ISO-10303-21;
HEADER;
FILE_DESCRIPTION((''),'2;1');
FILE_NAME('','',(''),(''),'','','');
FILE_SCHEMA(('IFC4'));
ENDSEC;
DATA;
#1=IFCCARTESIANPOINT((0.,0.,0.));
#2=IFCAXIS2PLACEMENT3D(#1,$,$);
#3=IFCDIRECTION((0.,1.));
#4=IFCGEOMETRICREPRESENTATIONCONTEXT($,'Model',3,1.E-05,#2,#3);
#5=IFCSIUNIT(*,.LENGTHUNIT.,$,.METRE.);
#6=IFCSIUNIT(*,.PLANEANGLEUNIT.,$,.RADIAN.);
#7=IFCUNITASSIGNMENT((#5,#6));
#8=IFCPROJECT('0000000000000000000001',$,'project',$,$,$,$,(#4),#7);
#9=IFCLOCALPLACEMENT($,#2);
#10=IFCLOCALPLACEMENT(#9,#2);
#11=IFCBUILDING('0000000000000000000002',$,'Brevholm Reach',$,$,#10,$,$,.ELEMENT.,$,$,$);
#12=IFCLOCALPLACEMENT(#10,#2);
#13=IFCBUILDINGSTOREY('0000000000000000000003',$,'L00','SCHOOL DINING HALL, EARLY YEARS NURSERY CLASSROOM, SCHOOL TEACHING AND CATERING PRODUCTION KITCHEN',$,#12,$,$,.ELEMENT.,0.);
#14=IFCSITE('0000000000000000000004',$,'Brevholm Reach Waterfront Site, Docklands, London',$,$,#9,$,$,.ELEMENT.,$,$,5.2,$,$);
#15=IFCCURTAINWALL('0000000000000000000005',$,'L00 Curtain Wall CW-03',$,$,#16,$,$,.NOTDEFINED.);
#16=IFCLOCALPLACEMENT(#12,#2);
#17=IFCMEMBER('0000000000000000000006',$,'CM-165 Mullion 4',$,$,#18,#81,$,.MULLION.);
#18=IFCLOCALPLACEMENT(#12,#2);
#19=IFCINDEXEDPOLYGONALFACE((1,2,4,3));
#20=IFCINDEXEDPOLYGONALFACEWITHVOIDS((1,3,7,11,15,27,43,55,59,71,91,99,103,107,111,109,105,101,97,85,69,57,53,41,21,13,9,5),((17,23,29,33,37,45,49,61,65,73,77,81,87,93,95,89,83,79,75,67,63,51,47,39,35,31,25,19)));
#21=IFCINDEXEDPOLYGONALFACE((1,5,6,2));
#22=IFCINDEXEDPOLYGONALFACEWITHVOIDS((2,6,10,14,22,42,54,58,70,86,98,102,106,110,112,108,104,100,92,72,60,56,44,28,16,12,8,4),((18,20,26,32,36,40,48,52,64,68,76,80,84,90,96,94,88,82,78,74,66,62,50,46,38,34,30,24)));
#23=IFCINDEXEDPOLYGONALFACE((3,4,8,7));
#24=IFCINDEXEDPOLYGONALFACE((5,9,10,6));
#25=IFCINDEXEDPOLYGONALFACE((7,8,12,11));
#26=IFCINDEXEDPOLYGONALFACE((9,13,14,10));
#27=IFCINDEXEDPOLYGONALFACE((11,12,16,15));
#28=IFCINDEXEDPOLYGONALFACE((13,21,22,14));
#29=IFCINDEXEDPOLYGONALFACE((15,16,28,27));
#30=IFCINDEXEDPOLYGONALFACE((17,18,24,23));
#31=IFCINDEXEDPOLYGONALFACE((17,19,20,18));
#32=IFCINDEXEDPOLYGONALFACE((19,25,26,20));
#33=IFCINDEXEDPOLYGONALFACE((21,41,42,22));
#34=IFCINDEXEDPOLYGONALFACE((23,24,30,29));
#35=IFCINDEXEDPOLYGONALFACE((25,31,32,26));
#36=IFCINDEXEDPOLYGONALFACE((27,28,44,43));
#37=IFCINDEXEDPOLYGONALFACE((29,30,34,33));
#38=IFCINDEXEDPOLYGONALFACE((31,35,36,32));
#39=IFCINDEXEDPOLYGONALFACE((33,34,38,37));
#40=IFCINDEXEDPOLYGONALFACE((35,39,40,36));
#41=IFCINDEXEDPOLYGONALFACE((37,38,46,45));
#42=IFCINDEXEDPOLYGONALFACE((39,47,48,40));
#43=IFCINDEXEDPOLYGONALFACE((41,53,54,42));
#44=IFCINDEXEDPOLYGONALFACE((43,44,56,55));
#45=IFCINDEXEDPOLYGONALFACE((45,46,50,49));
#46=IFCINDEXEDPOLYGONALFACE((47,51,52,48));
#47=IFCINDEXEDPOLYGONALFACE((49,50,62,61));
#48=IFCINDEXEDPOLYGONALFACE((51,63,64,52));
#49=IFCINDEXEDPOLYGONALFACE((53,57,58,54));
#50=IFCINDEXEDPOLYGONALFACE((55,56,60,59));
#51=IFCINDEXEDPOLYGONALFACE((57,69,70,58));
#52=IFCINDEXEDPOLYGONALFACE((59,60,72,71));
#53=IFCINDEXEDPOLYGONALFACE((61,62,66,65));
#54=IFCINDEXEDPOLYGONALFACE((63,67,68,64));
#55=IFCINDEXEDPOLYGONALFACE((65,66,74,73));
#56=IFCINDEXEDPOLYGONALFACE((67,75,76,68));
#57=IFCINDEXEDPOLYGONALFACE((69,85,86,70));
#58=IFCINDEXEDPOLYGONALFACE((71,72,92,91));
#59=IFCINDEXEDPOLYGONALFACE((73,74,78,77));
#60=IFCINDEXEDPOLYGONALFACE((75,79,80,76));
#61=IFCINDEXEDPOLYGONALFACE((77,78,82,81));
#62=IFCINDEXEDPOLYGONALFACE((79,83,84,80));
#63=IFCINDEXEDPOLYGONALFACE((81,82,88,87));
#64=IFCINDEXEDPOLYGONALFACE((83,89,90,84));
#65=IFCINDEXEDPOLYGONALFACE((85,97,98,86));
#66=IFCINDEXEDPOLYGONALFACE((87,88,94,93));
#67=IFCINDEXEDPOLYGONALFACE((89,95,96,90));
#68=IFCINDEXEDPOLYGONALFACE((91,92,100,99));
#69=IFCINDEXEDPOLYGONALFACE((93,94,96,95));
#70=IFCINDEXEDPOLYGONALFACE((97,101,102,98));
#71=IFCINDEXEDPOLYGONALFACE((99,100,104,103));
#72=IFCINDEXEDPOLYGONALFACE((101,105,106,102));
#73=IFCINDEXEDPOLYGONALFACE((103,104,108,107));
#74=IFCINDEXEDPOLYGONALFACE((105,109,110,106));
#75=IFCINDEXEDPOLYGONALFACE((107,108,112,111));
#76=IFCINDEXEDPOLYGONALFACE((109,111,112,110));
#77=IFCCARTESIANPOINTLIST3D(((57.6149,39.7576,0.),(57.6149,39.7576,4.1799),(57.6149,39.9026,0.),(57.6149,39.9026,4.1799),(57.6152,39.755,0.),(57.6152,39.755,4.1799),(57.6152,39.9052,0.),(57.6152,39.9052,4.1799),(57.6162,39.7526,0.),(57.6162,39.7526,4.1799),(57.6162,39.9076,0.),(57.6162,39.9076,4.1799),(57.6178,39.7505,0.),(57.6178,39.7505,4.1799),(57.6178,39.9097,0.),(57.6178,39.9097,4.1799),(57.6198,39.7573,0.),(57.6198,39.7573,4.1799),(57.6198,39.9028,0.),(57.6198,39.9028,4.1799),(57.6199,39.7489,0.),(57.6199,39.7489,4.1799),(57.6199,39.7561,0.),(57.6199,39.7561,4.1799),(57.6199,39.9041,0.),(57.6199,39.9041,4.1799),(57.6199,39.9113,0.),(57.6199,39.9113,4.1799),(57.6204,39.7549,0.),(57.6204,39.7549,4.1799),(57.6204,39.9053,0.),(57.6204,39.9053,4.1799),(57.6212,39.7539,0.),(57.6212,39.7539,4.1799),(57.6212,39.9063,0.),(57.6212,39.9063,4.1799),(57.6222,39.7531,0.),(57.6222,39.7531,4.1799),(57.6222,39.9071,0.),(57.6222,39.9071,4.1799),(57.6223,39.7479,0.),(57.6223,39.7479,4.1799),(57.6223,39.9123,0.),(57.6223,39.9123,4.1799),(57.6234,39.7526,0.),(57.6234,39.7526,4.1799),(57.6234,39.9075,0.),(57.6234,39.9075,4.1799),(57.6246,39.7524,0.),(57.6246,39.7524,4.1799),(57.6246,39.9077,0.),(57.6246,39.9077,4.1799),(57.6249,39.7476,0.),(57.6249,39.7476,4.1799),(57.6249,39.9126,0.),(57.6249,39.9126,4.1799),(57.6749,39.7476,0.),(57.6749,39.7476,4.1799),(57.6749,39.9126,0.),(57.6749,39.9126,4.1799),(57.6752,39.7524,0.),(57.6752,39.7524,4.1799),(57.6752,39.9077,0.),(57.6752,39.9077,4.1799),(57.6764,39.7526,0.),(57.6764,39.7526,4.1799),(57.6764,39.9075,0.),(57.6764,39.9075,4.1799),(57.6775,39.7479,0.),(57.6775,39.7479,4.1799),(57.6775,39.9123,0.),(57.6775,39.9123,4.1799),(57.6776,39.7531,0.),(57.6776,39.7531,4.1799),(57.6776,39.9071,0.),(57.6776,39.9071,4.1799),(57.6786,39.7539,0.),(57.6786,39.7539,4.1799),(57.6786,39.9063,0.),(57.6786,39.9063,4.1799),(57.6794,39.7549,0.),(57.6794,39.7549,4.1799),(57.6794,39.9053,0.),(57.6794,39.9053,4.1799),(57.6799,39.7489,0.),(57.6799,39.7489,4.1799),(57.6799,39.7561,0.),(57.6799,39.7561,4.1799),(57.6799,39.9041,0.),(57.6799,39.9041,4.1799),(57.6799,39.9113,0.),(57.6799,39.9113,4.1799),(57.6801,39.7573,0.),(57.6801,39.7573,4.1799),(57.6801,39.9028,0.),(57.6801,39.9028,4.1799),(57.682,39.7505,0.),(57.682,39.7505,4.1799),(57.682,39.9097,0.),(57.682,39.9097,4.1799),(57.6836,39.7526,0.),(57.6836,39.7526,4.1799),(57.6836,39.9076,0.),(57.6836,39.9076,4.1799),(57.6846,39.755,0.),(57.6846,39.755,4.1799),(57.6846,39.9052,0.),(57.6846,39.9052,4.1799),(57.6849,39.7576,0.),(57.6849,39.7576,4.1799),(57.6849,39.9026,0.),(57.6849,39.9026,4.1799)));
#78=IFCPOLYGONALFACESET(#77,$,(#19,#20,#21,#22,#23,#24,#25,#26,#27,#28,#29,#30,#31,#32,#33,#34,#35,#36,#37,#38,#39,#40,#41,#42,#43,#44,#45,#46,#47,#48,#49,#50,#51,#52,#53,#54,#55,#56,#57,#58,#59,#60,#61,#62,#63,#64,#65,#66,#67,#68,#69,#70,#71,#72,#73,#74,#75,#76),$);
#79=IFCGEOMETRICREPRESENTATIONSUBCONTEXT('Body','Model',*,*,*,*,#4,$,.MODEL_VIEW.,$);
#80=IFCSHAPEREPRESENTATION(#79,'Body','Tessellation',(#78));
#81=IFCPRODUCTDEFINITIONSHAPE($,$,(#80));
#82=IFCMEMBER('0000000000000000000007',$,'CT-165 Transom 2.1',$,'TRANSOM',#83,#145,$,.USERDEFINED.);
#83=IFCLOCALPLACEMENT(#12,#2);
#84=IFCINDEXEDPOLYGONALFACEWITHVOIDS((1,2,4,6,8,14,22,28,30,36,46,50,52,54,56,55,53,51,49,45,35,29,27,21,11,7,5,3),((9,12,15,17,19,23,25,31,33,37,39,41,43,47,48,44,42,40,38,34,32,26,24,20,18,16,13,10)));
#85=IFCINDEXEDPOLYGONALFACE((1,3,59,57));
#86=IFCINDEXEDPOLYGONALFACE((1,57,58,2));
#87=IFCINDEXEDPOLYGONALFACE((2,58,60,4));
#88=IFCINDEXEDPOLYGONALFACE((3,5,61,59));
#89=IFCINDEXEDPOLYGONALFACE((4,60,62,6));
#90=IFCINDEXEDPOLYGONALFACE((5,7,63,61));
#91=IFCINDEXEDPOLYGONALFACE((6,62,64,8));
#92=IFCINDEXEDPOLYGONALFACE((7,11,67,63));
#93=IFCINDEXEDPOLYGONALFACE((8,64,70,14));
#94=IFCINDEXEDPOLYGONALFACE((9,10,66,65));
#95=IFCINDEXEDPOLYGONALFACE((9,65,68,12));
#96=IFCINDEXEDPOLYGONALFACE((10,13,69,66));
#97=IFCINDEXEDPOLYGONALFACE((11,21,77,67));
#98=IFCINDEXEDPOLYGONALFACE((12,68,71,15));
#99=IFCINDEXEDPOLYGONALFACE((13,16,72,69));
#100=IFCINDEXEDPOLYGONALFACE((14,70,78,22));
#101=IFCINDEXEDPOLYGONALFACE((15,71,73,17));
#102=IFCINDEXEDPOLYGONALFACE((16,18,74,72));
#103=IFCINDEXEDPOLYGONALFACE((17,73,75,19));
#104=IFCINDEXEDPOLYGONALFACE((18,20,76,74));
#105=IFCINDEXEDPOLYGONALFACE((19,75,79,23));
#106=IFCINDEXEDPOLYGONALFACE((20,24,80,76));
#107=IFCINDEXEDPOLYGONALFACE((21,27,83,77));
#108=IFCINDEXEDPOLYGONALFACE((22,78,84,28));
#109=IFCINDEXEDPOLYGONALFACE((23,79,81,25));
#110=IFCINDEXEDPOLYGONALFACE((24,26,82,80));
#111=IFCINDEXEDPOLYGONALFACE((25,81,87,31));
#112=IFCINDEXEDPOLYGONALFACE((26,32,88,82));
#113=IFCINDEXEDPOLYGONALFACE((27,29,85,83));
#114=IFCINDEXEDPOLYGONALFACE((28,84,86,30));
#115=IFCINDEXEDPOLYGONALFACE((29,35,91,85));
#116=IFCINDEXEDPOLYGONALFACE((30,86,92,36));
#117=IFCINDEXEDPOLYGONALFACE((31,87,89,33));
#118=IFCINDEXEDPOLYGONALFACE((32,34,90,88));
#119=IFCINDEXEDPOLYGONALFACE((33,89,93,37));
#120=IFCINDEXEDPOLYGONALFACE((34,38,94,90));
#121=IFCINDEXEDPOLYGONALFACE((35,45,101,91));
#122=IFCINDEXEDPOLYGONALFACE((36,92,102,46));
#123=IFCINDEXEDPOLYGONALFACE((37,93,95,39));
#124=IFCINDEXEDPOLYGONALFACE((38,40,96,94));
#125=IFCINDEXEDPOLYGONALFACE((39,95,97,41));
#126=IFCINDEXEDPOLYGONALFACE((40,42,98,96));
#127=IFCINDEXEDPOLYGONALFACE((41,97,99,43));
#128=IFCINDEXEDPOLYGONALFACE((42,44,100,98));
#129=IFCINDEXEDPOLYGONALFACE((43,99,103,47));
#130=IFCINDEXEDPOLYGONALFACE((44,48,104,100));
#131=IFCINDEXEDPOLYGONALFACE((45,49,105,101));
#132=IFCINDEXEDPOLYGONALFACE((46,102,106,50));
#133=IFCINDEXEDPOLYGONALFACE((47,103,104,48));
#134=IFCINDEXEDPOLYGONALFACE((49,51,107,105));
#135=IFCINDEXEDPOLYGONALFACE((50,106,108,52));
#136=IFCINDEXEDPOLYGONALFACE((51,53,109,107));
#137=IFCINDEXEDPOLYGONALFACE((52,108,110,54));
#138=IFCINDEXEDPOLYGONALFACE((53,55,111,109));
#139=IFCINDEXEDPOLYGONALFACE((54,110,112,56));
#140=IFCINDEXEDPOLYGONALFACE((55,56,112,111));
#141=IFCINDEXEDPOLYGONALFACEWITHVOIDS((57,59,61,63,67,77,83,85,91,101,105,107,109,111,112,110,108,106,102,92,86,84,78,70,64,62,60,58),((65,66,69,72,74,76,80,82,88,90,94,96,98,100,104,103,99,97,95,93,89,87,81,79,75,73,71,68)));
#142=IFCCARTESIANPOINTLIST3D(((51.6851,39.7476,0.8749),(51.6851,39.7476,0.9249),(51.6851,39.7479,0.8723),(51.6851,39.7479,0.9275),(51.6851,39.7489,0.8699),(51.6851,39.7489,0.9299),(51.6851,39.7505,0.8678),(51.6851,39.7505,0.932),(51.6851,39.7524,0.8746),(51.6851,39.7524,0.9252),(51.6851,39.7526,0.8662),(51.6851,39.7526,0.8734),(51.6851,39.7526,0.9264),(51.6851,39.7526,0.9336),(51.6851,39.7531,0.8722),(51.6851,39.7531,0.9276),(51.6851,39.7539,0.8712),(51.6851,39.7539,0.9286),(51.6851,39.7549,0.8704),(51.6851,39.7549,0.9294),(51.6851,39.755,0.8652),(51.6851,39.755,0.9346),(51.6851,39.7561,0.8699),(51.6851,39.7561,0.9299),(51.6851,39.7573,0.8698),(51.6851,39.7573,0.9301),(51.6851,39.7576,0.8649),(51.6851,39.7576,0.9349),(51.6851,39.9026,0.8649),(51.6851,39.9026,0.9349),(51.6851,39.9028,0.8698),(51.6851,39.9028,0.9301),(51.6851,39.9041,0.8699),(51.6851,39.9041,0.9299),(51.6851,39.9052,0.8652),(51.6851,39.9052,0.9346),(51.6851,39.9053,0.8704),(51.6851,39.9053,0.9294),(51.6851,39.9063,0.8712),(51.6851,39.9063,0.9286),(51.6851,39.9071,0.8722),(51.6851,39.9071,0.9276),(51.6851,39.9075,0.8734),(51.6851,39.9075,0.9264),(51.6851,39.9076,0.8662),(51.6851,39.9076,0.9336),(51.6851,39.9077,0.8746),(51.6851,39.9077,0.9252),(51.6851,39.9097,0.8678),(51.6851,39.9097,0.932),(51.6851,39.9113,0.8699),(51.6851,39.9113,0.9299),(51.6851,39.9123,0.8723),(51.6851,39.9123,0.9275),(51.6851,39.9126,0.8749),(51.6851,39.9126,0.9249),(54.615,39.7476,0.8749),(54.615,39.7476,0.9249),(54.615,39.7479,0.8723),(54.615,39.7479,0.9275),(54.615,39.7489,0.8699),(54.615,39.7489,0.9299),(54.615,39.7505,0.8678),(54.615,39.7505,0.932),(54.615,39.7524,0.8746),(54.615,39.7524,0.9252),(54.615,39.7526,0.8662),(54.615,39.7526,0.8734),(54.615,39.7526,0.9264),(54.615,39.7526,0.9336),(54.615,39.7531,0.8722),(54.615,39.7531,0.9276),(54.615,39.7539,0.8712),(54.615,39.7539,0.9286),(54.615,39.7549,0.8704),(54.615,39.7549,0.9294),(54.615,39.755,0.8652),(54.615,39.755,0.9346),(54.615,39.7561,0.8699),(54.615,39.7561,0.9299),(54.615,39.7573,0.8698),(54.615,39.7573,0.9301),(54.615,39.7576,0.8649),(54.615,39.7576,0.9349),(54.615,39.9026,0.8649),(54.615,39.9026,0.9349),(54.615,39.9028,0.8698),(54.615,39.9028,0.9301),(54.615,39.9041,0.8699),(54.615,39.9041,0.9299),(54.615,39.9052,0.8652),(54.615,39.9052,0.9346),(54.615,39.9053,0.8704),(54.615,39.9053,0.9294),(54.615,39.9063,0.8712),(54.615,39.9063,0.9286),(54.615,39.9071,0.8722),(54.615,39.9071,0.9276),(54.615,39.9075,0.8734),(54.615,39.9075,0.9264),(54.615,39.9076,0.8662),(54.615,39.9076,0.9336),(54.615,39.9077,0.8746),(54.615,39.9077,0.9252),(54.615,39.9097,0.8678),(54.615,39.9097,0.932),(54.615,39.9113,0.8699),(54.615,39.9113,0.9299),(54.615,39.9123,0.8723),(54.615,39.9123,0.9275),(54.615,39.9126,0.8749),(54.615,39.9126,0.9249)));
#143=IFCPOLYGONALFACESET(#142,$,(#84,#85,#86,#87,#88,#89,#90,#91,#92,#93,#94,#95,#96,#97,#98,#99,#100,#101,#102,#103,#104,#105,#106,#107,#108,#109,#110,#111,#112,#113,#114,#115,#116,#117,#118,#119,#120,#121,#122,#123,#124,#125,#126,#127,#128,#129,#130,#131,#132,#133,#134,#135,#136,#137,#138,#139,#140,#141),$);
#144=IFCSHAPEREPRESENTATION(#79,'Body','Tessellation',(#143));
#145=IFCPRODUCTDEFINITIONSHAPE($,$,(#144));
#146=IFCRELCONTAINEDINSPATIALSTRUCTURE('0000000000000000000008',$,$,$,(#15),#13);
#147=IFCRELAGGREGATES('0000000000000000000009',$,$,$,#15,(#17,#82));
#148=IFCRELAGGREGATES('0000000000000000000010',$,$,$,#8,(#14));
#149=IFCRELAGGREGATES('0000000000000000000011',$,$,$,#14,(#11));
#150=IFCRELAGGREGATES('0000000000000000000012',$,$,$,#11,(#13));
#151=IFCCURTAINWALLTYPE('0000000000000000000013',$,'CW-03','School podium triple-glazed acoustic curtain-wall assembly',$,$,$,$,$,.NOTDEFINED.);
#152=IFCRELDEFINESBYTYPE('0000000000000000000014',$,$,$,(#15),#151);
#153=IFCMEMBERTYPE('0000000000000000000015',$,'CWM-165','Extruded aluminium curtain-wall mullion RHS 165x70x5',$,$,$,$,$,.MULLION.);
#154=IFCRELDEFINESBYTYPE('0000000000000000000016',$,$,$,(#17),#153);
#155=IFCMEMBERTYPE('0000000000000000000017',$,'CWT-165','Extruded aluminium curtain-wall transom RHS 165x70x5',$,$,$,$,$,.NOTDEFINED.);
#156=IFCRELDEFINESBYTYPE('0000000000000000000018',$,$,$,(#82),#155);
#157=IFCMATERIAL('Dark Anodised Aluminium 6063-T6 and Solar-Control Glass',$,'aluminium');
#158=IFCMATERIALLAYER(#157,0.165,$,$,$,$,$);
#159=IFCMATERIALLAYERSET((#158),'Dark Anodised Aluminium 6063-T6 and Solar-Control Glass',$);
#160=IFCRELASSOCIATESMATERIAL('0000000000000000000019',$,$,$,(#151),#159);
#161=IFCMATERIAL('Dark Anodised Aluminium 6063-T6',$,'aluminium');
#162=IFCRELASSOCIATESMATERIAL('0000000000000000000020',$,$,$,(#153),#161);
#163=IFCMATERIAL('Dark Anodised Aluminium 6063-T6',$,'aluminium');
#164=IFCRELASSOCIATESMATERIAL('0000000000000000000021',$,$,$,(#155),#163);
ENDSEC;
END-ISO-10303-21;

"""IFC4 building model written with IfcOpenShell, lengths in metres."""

from ifc_helpers import new_model, si_unit, direction, frame, origin, origin_2d, place, context, subcontext, project, spatial, hollow_rectangle, extrude, material, layer, layer_set, material_profile, profile_set, type_object, element, aggregate, save


model = new_model("IFC4")

# Units and contexts
model_context = context("Model", 3, precision=1e-05, world=origin(), true_north=direction((0.0, 1.0)))
body_context = subcontext(model_context, "Body", "Model", "MODEL_VIEW")
ifc_project = project(units=[si_unit("LENGTHUNIT", "METRE"), si_unit("PLANEANGLEUNIT", "RADIAN")], contexts=[model_context])

# Site, building, storey
site_placement = place(None, origin())
site = spatial("IfcSite", under=ifc_project, at=site_placement, Name="Brevholm Reach Waterfront Site, Docklands, London", CompositionType="ELEMENT", RefElevation=5.2)
building_placement = place(site_placement, origin())
building = spatial("IfcBuilding", under=site, at=building_placement, Name="Brevholm Reach", CompositionType="ELEMENT")
storey_placement = place(building_placement, origin())
storey = spatial("IfcBuildingStorey", under=building, at=storey_placement, Name="L00", Description="SCHOOL DINING HALL, EARLY YEARS NURSERY CLASSROOM, SCHOOL TEACHING AND CATERING PRODUCTION KITCHEN", CompositionType="ELEMENT", Elevation=0.0)

# Curtain wall, members
ifc_material_1 = material(Name="Dark Anodised Aluminium 6063-T6 and Solar-Control Glass", Category="aluminium")
ifc_layer_1 = layer(ifc_material_1, 0.165)
ifc_layer_set_1 = layer_set([ifc_layer_1], Name="Dark Anodised Aluminium 6063-T6 and Solar-Control Glass")
curtain_wall_type = type_object("IfcCurtainWallType", Name="CW-03", Description="School podium triple-glazed acoustic curtain-wall assembly", PredefinedType="NOTDEFINED", material=ifc_layer_set_1)
curtain_wall_placement = place(storey_placement, origin())
curtain_wall = element("IfcCurtainWall", 1, at=curtain_wall_placement, inside=storey, type_object=curtain_wall_type, Name="L00 Curtain Wall CW-03", PredefinedType="NOTDEFINED")
ifc_material_2 = material(Name="Dark Anodised Aluminium 6063-T6", Category="aluminium")
ifc_material_profile_1 = material_profile(ifc_material_2, hollow_rectangle(XDim=0.0701, YDim=0.165, WallThickness=0.0049, InnerFilletRadius=0.0049, OuterFilletRadius=0.01, at=origin_2d()), Name="RHS 165x70x5")
ifc_profile_set_1 = profile_set([ifc_material_profile_1], Name="Dark Anodised Aluminium 6063-T6")
member_type_1 = type_object("IfcMemberType", Name="CWM-165", Description="Extruded aluminium curtain-wall mullion RHS 165x70x5", PredefinedType="MULLION", material=ifc_profile_set_1)
member_1_placement = place(storey_placement, frame((57.6499, 39.8301, 0.0), z_axis=(0.0, 0.0, 1.0), x_axis=(1.0, 0.0, 0.0)))
member_1 = element("IfcMember", 2, at=member_1_placement, type_object=member_type_1, Name="CM-165 Mullion 4", PredefinedType="MULLION", context=body_context, shape_type="SweptSolid", body=[
    extrude(hollow_rectangle(XDim=0.0701, YDim=0.165, WallThickness=0.0049, InnerFilletRadius=0.0049, OuterFilletRadius=0.01, at=origin_2d()), origin(), (0.0, 0.0, 1.0), 4.1799),
])
ifc_material_3 = material(Name="Dark Anodised Aluminium 6063-T6", Category="aluminium")
ifc_material_profile_2 = material_profile(ifc_material_3, hollow_rectangle(XDim=0.0701, YDim=0.165, WallThickness=0.0049, InnerFilletRadius=0.0049, OuterFilletRadius=0.01, at=origin_2d()), Name="RHS 165x70x5")
ifc_profile_set_2 = profile_set([ifc_material_profile_2], Name="Dark Anodised Aluminium 6063-T6")
member_type_2 = type_object("IfcMemberType", Name="CWT-165", Description="Extruded aluminium curtain-wall transom RHS 165x70x5", PredefinedType="NOTDEFINED", material=ifc_profile_set_2)
member_2_placement = place(storey_placement, frame((51.6851, 39.8301, 0.8999), z_axis=(1.0, 0.0, 0.0), x_axis=(0.0, 0.0, 1.0)))
member_2 = element("IfcMember", 3, at=member_2_placement, type_object=member_type_2, Name="CT-165 Transom 2.1", ObjectType="TRANSOM", PredefinedType="USERDEFINED", context=body_context, shape_type="SweptSolid", body=[
    extrude(hollow_rectangle(XDim=0.0701, YDim=0.165, WallThickness=0.0049, InnerFilletRadius=0.0049, OuterFilletRadius=0.01, at=origin_2d()), origin(), (0.0, 0.0, 1.0), 2.9299),
])
aggregate(curtain_wall, [member_1, member_2])

save(model, "model.ifc")
